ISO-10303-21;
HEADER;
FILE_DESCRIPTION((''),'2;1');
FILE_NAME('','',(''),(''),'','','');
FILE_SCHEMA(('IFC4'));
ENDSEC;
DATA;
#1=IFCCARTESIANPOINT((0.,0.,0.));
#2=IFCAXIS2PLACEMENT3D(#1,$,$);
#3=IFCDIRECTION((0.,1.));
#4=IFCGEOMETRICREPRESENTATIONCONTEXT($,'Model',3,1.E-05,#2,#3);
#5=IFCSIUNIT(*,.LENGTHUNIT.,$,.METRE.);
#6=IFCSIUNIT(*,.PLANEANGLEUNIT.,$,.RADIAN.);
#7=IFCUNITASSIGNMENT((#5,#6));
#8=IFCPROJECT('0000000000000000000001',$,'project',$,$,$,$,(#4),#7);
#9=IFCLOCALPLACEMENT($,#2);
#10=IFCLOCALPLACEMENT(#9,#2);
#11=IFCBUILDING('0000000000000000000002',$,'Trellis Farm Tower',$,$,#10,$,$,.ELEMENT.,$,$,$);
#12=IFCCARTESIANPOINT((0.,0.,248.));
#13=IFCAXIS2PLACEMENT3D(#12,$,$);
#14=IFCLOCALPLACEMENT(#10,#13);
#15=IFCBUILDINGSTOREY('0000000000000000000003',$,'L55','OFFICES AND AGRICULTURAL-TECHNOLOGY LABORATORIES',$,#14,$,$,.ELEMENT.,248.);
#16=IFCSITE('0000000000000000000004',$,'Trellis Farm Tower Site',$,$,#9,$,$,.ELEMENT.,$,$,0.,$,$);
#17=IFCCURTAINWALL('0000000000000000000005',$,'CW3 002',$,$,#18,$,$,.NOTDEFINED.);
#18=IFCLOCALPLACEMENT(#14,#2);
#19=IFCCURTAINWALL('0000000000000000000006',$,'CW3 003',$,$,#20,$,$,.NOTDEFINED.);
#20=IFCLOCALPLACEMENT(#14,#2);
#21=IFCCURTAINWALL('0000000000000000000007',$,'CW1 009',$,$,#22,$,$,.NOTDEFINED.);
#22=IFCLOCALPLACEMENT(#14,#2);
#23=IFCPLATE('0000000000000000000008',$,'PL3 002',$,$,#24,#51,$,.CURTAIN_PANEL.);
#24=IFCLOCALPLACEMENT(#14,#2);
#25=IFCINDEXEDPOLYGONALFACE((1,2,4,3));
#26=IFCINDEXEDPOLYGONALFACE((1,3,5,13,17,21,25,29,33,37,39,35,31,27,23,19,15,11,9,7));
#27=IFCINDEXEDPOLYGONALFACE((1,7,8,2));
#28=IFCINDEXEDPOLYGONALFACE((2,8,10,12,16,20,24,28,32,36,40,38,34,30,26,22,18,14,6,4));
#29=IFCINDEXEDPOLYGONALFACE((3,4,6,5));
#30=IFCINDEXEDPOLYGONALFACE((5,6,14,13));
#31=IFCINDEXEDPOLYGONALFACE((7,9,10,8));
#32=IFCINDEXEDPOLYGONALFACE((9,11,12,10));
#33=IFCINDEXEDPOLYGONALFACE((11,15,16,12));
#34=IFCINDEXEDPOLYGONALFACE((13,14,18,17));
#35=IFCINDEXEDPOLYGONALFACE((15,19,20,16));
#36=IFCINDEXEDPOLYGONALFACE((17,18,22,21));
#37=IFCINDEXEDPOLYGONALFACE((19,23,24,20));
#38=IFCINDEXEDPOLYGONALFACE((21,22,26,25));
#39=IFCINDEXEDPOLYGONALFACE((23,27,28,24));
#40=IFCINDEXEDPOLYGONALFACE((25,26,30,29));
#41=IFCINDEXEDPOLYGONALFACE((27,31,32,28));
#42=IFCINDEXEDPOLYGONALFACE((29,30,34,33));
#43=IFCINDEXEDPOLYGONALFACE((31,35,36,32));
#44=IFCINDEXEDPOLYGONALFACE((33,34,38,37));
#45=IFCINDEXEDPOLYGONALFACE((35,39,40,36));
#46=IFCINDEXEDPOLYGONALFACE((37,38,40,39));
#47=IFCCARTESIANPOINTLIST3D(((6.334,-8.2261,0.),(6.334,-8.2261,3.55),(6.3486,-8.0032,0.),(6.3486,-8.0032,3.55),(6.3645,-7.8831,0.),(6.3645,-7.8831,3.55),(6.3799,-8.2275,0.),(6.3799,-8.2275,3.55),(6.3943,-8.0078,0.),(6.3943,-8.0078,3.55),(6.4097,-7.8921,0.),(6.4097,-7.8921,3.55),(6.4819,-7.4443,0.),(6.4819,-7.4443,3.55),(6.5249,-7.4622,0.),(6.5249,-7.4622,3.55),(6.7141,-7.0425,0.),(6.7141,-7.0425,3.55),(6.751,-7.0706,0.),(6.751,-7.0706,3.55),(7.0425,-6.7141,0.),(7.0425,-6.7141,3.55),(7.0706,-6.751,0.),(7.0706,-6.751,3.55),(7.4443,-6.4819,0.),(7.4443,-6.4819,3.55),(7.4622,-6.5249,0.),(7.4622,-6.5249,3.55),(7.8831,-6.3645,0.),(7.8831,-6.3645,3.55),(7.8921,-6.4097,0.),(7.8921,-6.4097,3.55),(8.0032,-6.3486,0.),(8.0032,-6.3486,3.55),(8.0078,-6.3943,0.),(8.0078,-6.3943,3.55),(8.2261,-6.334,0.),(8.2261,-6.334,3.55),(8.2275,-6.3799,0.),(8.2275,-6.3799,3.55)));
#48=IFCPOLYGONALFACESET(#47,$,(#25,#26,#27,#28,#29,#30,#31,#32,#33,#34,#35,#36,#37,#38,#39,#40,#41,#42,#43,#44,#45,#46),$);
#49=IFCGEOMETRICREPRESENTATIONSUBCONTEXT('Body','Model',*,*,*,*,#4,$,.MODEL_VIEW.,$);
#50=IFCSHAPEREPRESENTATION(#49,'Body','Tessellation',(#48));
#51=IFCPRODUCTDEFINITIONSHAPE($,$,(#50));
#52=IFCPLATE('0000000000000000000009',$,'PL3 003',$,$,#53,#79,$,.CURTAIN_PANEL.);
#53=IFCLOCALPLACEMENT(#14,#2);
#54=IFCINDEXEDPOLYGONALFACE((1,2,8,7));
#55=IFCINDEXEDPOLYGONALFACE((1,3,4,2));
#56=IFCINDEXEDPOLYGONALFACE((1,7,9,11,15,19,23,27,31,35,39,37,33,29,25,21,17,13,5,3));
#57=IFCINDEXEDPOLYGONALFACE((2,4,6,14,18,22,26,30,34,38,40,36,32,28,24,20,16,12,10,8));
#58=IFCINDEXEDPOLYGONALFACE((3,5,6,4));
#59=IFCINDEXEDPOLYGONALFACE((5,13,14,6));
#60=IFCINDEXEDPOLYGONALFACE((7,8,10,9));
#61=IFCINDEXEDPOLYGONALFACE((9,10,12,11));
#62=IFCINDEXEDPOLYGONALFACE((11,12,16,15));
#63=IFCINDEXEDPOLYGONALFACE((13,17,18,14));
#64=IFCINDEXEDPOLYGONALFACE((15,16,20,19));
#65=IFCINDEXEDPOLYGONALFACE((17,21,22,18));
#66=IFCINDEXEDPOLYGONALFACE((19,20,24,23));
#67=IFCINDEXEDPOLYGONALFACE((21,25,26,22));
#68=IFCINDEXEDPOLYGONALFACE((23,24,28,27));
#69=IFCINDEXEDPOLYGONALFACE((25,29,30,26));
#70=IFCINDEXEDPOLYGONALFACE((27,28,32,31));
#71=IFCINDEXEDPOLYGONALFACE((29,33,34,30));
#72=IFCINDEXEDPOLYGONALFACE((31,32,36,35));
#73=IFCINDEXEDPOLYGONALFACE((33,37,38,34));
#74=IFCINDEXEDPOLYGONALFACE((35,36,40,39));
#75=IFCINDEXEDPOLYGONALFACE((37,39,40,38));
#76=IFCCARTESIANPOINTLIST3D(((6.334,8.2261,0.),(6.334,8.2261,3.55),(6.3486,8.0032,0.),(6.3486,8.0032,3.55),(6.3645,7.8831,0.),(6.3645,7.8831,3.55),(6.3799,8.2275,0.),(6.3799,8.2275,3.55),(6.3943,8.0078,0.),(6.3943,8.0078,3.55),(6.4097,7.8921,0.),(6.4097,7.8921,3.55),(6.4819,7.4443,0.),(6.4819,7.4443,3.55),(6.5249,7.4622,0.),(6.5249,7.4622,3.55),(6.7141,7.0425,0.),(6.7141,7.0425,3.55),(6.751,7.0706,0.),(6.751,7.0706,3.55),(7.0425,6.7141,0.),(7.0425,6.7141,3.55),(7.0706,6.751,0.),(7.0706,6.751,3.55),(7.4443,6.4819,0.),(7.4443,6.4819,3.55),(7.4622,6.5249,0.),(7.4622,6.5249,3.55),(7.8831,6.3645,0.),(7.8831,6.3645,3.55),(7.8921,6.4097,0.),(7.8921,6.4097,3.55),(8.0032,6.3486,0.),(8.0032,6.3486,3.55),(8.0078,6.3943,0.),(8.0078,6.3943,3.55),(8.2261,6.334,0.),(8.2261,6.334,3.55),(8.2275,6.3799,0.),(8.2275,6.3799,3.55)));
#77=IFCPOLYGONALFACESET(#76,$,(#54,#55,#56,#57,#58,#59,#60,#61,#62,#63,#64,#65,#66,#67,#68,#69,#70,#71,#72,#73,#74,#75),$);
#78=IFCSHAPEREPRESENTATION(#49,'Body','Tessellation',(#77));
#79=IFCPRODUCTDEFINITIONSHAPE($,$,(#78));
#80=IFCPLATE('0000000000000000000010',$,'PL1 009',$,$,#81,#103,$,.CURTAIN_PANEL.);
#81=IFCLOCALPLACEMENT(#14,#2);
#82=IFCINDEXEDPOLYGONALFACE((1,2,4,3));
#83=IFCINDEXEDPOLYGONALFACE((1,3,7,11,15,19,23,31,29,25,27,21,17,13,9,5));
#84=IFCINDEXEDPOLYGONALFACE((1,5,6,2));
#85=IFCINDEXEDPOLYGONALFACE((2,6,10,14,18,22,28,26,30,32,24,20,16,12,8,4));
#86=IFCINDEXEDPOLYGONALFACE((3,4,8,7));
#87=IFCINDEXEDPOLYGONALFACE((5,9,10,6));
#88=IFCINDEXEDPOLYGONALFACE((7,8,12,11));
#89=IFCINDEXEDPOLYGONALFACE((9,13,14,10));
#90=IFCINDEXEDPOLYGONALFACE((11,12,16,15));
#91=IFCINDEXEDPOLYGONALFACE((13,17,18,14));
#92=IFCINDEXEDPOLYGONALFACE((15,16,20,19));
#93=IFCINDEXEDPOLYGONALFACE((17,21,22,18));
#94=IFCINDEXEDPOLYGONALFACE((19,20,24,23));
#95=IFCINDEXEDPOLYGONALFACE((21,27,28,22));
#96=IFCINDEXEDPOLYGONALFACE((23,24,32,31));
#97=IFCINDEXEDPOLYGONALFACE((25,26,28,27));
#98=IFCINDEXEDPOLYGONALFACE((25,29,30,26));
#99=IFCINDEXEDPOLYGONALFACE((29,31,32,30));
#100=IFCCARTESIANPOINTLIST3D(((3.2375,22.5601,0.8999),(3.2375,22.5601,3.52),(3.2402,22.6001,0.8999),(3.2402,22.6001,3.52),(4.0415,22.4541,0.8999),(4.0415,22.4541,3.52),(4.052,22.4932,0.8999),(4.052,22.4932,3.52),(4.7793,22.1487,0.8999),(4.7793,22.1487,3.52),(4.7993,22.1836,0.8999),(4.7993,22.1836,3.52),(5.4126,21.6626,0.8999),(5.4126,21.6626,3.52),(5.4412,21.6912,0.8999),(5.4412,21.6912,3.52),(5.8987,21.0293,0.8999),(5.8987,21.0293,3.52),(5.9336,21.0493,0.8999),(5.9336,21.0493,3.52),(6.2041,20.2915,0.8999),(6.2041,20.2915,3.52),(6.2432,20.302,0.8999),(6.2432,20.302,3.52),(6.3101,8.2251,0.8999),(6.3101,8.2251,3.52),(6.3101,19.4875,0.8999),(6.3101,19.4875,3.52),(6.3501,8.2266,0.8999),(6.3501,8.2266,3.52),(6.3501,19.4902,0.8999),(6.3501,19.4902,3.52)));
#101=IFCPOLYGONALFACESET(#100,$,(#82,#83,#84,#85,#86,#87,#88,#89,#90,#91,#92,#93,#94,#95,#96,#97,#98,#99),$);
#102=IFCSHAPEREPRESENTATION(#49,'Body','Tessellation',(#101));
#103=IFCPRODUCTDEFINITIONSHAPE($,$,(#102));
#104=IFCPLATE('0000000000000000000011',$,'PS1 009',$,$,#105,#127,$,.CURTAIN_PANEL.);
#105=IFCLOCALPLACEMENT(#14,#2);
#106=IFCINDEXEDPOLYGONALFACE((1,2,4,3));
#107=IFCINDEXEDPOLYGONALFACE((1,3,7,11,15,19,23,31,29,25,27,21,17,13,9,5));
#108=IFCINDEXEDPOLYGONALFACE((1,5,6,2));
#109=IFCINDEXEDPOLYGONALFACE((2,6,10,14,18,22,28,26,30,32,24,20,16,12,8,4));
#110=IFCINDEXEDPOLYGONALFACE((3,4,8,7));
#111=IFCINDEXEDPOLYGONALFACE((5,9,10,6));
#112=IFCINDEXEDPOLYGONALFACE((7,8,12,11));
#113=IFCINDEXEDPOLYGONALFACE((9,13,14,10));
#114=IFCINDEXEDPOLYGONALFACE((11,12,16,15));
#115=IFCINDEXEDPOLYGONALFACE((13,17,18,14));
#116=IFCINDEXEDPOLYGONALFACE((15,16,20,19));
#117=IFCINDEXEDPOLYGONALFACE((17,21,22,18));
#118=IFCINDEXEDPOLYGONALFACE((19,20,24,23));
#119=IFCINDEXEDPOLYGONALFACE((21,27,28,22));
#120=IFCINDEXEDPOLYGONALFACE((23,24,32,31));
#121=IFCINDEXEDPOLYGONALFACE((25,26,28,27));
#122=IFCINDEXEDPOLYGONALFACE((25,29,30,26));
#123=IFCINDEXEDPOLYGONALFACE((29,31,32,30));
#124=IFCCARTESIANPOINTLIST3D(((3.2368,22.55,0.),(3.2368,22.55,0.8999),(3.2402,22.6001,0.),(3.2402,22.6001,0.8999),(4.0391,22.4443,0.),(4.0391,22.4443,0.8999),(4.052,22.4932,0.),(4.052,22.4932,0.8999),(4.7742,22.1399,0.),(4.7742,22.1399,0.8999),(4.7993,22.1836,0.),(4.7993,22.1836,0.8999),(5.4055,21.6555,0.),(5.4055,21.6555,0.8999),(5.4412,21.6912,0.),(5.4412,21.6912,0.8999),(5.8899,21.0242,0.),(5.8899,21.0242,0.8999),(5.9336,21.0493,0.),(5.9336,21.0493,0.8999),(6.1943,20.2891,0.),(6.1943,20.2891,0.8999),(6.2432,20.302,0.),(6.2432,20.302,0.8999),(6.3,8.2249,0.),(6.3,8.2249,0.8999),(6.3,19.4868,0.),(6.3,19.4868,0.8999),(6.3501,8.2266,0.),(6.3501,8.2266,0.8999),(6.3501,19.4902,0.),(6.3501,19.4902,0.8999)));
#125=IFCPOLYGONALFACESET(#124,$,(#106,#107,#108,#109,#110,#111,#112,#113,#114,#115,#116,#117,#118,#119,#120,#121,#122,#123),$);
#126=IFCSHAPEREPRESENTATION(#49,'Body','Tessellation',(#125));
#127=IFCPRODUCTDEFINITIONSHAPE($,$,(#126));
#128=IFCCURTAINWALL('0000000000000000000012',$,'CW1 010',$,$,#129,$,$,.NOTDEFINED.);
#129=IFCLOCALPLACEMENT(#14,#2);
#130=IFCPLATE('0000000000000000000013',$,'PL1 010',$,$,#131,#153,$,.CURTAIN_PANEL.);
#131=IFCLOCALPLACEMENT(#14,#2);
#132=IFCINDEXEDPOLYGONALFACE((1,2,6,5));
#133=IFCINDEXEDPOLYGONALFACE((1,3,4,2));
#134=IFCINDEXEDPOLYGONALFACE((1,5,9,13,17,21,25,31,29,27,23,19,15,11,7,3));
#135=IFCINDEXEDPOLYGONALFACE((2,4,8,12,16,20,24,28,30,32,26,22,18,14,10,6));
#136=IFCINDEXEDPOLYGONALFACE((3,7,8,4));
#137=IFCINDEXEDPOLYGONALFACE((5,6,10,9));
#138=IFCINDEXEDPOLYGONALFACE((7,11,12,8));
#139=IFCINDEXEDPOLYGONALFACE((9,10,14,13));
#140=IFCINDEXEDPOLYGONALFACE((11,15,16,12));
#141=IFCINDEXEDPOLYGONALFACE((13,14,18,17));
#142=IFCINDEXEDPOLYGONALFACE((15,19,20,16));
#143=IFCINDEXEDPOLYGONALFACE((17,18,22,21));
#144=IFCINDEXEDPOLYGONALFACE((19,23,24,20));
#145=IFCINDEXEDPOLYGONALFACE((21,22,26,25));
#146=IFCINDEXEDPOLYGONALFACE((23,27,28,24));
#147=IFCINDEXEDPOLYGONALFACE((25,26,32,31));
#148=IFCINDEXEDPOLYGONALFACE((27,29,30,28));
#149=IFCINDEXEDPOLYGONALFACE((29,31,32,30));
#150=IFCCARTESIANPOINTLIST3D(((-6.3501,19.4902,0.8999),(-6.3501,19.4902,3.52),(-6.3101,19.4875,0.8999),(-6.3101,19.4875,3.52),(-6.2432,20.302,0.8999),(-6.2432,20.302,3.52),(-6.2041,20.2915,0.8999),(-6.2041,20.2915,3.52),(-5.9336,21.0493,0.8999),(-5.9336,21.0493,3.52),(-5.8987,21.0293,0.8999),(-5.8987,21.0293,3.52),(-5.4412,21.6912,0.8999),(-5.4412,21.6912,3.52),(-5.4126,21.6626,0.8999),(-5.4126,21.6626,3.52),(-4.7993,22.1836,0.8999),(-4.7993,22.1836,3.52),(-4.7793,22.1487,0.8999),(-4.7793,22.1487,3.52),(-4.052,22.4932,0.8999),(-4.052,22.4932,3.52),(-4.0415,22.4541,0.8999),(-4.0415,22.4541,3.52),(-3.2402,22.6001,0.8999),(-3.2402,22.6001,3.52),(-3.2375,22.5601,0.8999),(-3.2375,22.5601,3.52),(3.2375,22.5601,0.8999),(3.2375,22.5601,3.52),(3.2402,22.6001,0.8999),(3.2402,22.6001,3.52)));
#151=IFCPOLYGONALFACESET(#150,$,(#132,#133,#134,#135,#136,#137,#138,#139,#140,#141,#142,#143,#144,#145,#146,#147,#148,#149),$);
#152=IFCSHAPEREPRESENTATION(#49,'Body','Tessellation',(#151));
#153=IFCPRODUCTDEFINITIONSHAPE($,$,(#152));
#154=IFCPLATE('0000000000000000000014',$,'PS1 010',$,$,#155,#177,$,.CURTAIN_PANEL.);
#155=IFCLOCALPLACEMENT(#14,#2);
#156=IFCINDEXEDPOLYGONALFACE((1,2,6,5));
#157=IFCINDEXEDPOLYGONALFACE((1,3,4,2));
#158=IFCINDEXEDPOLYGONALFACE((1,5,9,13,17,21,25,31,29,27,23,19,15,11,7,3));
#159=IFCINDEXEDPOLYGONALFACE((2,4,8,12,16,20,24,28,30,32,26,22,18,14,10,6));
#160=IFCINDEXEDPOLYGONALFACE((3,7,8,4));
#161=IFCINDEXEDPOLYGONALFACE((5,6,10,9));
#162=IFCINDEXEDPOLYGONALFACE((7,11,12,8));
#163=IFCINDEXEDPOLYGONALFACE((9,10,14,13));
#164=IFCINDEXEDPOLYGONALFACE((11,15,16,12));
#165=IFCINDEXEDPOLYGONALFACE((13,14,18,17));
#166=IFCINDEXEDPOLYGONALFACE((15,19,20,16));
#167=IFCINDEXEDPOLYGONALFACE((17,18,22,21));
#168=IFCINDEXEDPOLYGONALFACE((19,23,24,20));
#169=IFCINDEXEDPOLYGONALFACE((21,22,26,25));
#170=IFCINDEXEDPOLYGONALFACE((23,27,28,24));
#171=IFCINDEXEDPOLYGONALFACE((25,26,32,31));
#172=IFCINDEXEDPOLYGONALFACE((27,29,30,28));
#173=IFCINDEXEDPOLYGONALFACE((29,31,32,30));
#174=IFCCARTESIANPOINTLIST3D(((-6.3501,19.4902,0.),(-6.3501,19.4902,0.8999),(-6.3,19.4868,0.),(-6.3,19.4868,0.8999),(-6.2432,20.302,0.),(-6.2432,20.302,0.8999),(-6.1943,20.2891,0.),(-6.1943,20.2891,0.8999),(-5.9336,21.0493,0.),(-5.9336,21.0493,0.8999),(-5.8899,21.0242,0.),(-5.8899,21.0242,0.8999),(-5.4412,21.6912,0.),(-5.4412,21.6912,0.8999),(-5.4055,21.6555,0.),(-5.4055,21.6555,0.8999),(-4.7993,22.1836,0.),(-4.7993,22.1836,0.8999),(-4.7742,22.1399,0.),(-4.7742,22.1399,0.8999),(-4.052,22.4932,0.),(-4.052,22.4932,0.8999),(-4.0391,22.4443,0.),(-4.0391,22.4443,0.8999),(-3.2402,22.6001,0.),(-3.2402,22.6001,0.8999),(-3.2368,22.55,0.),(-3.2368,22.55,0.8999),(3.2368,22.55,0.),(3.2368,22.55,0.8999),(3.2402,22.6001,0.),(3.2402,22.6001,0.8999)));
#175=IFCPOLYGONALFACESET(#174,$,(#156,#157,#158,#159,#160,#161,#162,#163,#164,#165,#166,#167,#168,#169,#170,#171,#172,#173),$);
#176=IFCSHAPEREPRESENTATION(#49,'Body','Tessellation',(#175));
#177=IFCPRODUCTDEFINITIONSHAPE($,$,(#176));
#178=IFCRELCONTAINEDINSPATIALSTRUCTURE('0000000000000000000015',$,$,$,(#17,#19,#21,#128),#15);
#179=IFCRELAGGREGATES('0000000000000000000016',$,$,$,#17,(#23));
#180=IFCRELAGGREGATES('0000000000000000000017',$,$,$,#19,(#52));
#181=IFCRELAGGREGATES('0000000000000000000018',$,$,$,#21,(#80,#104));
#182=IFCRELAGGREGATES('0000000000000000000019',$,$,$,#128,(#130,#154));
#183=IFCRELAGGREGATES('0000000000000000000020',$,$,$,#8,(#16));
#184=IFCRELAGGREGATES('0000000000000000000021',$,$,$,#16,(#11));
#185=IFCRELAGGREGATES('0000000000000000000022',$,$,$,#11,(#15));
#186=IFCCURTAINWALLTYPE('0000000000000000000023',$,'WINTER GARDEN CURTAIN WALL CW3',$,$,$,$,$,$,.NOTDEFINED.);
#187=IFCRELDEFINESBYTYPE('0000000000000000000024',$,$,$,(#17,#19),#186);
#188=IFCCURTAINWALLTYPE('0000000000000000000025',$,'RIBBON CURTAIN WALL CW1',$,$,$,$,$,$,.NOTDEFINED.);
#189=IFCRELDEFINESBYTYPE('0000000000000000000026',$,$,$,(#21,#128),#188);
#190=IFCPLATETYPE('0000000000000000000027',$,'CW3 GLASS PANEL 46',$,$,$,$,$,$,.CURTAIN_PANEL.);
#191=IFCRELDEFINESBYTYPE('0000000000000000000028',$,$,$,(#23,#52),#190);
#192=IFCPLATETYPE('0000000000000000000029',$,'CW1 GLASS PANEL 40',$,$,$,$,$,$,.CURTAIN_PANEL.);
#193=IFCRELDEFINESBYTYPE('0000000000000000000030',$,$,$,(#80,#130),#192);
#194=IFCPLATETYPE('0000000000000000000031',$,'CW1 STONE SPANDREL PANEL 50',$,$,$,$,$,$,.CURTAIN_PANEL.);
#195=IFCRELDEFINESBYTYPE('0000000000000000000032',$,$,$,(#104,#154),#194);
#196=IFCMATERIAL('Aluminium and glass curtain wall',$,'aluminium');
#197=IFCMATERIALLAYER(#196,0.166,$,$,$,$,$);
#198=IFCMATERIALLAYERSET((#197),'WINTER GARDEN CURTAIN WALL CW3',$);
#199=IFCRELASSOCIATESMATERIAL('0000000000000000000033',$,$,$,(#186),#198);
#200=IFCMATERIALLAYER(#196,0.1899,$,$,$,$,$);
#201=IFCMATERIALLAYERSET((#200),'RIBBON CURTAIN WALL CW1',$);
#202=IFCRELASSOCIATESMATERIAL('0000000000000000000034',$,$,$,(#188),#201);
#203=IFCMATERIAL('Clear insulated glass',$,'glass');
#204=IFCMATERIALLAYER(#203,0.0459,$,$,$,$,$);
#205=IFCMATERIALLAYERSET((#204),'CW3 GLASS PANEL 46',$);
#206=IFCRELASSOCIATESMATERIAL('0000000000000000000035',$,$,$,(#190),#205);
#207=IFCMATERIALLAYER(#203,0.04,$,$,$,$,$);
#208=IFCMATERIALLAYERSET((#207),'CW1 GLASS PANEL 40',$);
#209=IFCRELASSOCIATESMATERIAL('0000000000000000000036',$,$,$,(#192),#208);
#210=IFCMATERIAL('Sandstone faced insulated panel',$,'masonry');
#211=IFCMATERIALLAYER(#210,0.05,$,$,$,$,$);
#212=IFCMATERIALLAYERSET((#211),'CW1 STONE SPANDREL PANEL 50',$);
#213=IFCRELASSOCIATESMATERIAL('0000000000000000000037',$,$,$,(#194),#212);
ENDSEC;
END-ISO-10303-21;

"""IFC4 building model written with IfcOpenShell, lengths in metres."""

from ifc_helpers import new_model, si_unit, direction, frame, origin, place, context, subcontext, project, spatial, polyline, outline, extrude, source, transform, mapped, material, layer, layer_set, type_object, element, aggregate, save


model = new_model("IFC4")

# Units and contexts
model_context = context("Model", 3, precision=1e-05, world=origin(), true_north=direction((0.0, 1.0)))
body_context = subcontext(model_context, "Body", "Model", "MODEL_VIEW")
ifc_project = project(units=[si_unit("LENGTHUNIT", "METRE"), si_unit("PLANEANGLEUNIT", "RADIAN")], contexts=[model_context])

# Site, building, storey
site_placement = place(None, origin())
site = spatial("IfcSite", under=ifc_project, at=site_placement, Name="Trellis Farm Tower Site", CompositionType="ELEMENT", RefElevation=0.0)
building_placement = place(site_placement, origin())
building = spatial("IfcBuilding", under=site, at=building_placement, Name="Trellis Farm Tower", CompositionType="ELEMENT")
storey_placement = place(building_placement, frame((0.0, 0.0, 248.0)))
storey = spatial("IfcBuildingStorey", under=building, at=storey_placement, Name="L55", Description="OFFICES AND AGRICULTURAL-TECHNOLOGY LABORATORIES", CompositionType="ELEMENT", Elevation=248.0)

# Curtain walls
ifc_material_1 = material(Name="Aluminium and glass curtain wall", Category="aluminium")
ifc_layer_1 = layer(ifc_material_1, 0.166)
ifc_layer_set_1 = layer_set([ifc_layer_1], Name="WINTER GARDEN CURTAIN WALL CW3")
curtain_wall_type_1 = type_object("IfcCurtainWallType", Name="WINTER GARDEN CURTAIN WALL CW3", PredefinedType="NOTDEFINED", material=ifc_layer_set_1)
placement_1 = place(storey_placement, origin())
curtain_wall_1 = element("IfcCurtainWall", 1, at=placement_1, inside=storey, type_object=curtain_wall_type_1, Name="CW3 002", PredefinedType="NOTDEFINED")
curtain_wall_2 = element("IfcCurtainWall", 2, at=placement_1, inside=storey, type_object=curtain_wall_type_1, Name="CW3 003", PredefinedType="NOTDEFINED")
ifc_layer_2 = layer(ifc_material_1, 0.1899)
ifc_layer_set_2 = layer_set([ifc_layer_2], Name="RIBBON CURTAIN WALL CW1")
curtain_wall_type_2 = type_object("IfcCurtainWallType", Name="RIBBON CURTAIN WALL CW1", PredefinedType="NOTDEFINED", material=ifc_layer_set_2)
curtain_wall_3 = element("IfcCurtainWall", 3, at=placement_1, inside=storey, type_object=curtain_wall_type_2, Name="CW1 009", PredefinedType="NOTDEFINED")

# Plates
ifc_material_2 = material(Name="Clear insulated glass", Category="glass")
ifc_layer_3 = layer(ifc_material_2, 0.0459)
ifc_layer_set_3 = layer_set([ifc_layer_3], Name="CW3 GLASS PANEL 46")
plate_type_1 = type_object("IfcPlateType", Name="CW3 GLASS PANEL 46", PredefinedType="CURTAIN_PANEL", material=ifc_layer_set_3)
shared_shape_1 = source(origin(), body_context, "Body", "SweptSolid", [
    extrude(outline(polyline([(6.3799, -8.2275), (6.3943, -8.0078), (6.4097, -7.8921), (6.5249, -7.4622), (6.751, -7.0706), (7.0706, -6.751), (7.4622, -6.5249), (7.8921, -6.4097), (8.0078, -6.3943), (8.2275, -6.3799), (8.2261, -6.334), (8.0032, -6.3486), (7.8831, -6.3645), (7.4443, -6.4819), (7.0425, -6.7141), (6.7141, -7.0425), (6.4819, -7.4443), (6.3645, -7.8831), (6.3486, -8.0032), (6.334, -8.2261), (6.3799, -8.2275)])), origin(), (0.0, 0.0, 1.0), 3.55),
])
plate_1 = element("IfcPlate", 4, at=placement_1, type_object=plate_type_1, Name="PL3 002", PredefinedType="CURTAIN_PANEL", context=body_context, shape_type="MappedRepresentation", body=[
    mapped(shared_shape_1, transform((0.0, 0.0, 0.0))),
])
aggregate(curtain_wall_1, [plate_1])
shared_shape_2 = source(origin(), body_context, "Body", "SweptSolid", [
    extrude(outline(polyline([(8.2275, 6.3799), (8.0078, 6.3943), (7.8921, 6.4097), (7.4622, 6.5249), (7.0706, 6.751), (6.751, 7.0706), (6.5249, 7.4622), (6.4097, 7.8921), (6.3943, 8.0078), (6.3799, 8.2275), (6.334, 8.2261), (6.3486, 8.0032), (6.3645, 7.8831), (6.4819, 7.4443), (6.7141, 7.0425), (7.0425, 6.7141), (7.4443, 6.4819), (7.8831, 6.3645), (8.0032, 6.3486), (8.2261, 6.334), (8.2275, 6.3799)])), origin(), (0.0, 0.0, 1.0), 3.55),
])
plate_2 = element("IfcPlate", 5, at=placement_1, type_object=plate_type_1, Name="PL3 003", PredefinedType="CURTAIN_PANEL", context=body_context, shape_type="MappedRepresentation", body=[
    mapped(shared_shape_2, transform((0.0, 0.0, 0.0))),
])
aggregate(curtain_wall_2, [plate_2])
ifc_layer_4 = layer(ifc_material_2, 0.04)
ifc_layer_set_4 = layer_set([ifc_layer_4], Name="CW1 GLASS PANEL 40")
plate_type_2 = type_object("IfcPlateType", Name="CW1 GLASS PANEL 40", PredefinedType="CURTAIN_PANEL", material=ifc_layer_set_4)
shared_shape_3 = source(origin(), body_context, "Body", "SweptSolid", [
    extrude(outline(polyline([(6.3501, 8.2266), (6.3501, 19.4902), (6.2432, 20.302), (5.9336, 21.0493), (5.4412, 21.6912), (4.7993, 22.1836), (4.052, 22.4932), (3.2402, 22.6001), (3.2375, 22.5601), (4.0415, 22.4541), (4.7793, 22.1487), (5.4126, 21.6626), (5.8987, 21.0293), (6.2041, 20.2915), (6.3101, 19.4875), (6.3101, 8.2251), (6.3501, 8.2266)])), origin(), (0.0, 0.0, 1.0), 2.6201),
])
placement_2 = place(storey_placement, frame((0.0, 0.0, 0.8999)))
plate_3 = element("IfcPlate", 6, at=placement_2, type_object=plate_type_2, Name="PL1 009", PredefinedType="CURTAIN_PANEL", context=body_context, shape_type="MappedRepresentation", body=[
    mapped(shared_shape_3, transform((0.0, 0.0, 0.0))),
])
ifc_material_3 = material(Name="Sandstone faced insulated panel", Category="masonry")
ifc_layer_5 = layer(ifc_material_3, 0.05)
ifc_layer_set_5 = layer_set([ifc_layer_5], Name="CW1 STONE SPANDREL PANEL 50")
plate_type_3 = type_object("IfcPlateType", Name="CW1 STONE SPANDREL PANEL 50", PredefinedType="CURTAIN_PANEL", material=ifc_layer_set_5)
shared_shape_4 = source(origin(), body_context, "Body", "SweptSolid", [
    extrude(outline(polyline([(6.3501, 8.2266), (6.3501, 19.4902), (6.2432, 20.302), (5.9336, 21.0493), (5.4412, 21.6912), (4.7993, 22.1836), (4.052, 22.4932), (3.2402, 22.6001), (3.2368, 22.55), (4.0391, 22.4443), (4.7742, 22.1399), (5.4055, 21.6555), (5.8899, 21.0242), (6.1943, 20.2891), (6.3, 19.4868), (6.3, 8.2249), (6.3501, 8.2266)])), origin(), (0.0, 0.0, 1.0), 0.8999),
])
plate_4 = element("IfcPlate", 7, at=placement_1, type_object=plate_type_3, Name="PS1 009", PredefinedType="CURTAIN_PANEL", context=body_context, shape_type="MappedRepresentation", body=[
    mapped(shared_shape_4, transform((0.0, 0.0, 0.0))),
])
aggregate(curtain_wall_3, [plate_3, plate_4])

# Curtain wall, plates
curtain_wall_4 = element("IfcCurtainWall", 8, at=placement_1, inside=storey, type_object=curtain_wall_type_2, Name="CW1 010", PredefinedType="NOTDEFINED")
shared_shape_5 = source(origin(), body_context, "Body", "SweptSolid", [
    extrude(outline(polyline([(3.2402, 22.6001), (-3.2402, 22.6001), (-4.052, 22.4932), (-4.7993, 22.1836), (-5.4412, 21.6912), (-5.9336, 21.0493), (-6.2432, 20.302), (-6.3501, 19.4902), (-6.3101, 19.4875), (-6.2041, 20.2915), (-5.8987, 21.0293), (-5.4126, 21.6626), (-4.7793, 22.1487), (-4.0415, 22.4541), (-3.2375, 22.5601), (3.2375, 22.5601), (3.2402, 22.6001)])), origin(), (0.0, 0.0, 1.0), 2.6201),
])
plate_5 = element("IfcPlate", 9, at=placement_2, type_object=plate_type_2, Name="PL1 010", PredefinedType="CURTAIN_PANEL", context=body_context, shape_type="MappedRepresentation", body=[
    mapped(shared_shape_5, transform((0.0, 0.0, 0.0))),
])
shared_shape_6 = source(origin(), body_context, "Body", "SweptSolid", [
    extrude(outline(polyline([(3.2402, 22.6001), (-3.2402, 22.6001), (-4.052, 22.4932), (-4.7993, 22.1836), (-5.4412, 21.6912), (-5.9336, 21.0493), (-6.2432, 20.302), (-6.3501, 19.4902), (-6.3, 19.4868), (-6.1943, 20.2891), (-5.8899, 21.0242), (-5.4055, 21.6555), (-4.7742, 22.1399), (-4.0391, 22.4443), (-3.2368, 22.55), (3.2368, 22.55), (3.2402, 22.6001)])), origin(), (0.0, 0.0, 1.0), 0.8999),
])
plate_6 = element("IfcPlate", 10, at=placement_1, type_object=plate_type_3, Name="PS1 010", PredefinedType="CURTAIN_PANEL", context=body_context, shape_type="MappedRepresentation", body=[
    mapped(shared_shape_6, transform((0.0, 0.0, 0.0))),
])
aggregate(curtain_wall_4, [plate_5, plate_6])

save(model, "model.ifc")
